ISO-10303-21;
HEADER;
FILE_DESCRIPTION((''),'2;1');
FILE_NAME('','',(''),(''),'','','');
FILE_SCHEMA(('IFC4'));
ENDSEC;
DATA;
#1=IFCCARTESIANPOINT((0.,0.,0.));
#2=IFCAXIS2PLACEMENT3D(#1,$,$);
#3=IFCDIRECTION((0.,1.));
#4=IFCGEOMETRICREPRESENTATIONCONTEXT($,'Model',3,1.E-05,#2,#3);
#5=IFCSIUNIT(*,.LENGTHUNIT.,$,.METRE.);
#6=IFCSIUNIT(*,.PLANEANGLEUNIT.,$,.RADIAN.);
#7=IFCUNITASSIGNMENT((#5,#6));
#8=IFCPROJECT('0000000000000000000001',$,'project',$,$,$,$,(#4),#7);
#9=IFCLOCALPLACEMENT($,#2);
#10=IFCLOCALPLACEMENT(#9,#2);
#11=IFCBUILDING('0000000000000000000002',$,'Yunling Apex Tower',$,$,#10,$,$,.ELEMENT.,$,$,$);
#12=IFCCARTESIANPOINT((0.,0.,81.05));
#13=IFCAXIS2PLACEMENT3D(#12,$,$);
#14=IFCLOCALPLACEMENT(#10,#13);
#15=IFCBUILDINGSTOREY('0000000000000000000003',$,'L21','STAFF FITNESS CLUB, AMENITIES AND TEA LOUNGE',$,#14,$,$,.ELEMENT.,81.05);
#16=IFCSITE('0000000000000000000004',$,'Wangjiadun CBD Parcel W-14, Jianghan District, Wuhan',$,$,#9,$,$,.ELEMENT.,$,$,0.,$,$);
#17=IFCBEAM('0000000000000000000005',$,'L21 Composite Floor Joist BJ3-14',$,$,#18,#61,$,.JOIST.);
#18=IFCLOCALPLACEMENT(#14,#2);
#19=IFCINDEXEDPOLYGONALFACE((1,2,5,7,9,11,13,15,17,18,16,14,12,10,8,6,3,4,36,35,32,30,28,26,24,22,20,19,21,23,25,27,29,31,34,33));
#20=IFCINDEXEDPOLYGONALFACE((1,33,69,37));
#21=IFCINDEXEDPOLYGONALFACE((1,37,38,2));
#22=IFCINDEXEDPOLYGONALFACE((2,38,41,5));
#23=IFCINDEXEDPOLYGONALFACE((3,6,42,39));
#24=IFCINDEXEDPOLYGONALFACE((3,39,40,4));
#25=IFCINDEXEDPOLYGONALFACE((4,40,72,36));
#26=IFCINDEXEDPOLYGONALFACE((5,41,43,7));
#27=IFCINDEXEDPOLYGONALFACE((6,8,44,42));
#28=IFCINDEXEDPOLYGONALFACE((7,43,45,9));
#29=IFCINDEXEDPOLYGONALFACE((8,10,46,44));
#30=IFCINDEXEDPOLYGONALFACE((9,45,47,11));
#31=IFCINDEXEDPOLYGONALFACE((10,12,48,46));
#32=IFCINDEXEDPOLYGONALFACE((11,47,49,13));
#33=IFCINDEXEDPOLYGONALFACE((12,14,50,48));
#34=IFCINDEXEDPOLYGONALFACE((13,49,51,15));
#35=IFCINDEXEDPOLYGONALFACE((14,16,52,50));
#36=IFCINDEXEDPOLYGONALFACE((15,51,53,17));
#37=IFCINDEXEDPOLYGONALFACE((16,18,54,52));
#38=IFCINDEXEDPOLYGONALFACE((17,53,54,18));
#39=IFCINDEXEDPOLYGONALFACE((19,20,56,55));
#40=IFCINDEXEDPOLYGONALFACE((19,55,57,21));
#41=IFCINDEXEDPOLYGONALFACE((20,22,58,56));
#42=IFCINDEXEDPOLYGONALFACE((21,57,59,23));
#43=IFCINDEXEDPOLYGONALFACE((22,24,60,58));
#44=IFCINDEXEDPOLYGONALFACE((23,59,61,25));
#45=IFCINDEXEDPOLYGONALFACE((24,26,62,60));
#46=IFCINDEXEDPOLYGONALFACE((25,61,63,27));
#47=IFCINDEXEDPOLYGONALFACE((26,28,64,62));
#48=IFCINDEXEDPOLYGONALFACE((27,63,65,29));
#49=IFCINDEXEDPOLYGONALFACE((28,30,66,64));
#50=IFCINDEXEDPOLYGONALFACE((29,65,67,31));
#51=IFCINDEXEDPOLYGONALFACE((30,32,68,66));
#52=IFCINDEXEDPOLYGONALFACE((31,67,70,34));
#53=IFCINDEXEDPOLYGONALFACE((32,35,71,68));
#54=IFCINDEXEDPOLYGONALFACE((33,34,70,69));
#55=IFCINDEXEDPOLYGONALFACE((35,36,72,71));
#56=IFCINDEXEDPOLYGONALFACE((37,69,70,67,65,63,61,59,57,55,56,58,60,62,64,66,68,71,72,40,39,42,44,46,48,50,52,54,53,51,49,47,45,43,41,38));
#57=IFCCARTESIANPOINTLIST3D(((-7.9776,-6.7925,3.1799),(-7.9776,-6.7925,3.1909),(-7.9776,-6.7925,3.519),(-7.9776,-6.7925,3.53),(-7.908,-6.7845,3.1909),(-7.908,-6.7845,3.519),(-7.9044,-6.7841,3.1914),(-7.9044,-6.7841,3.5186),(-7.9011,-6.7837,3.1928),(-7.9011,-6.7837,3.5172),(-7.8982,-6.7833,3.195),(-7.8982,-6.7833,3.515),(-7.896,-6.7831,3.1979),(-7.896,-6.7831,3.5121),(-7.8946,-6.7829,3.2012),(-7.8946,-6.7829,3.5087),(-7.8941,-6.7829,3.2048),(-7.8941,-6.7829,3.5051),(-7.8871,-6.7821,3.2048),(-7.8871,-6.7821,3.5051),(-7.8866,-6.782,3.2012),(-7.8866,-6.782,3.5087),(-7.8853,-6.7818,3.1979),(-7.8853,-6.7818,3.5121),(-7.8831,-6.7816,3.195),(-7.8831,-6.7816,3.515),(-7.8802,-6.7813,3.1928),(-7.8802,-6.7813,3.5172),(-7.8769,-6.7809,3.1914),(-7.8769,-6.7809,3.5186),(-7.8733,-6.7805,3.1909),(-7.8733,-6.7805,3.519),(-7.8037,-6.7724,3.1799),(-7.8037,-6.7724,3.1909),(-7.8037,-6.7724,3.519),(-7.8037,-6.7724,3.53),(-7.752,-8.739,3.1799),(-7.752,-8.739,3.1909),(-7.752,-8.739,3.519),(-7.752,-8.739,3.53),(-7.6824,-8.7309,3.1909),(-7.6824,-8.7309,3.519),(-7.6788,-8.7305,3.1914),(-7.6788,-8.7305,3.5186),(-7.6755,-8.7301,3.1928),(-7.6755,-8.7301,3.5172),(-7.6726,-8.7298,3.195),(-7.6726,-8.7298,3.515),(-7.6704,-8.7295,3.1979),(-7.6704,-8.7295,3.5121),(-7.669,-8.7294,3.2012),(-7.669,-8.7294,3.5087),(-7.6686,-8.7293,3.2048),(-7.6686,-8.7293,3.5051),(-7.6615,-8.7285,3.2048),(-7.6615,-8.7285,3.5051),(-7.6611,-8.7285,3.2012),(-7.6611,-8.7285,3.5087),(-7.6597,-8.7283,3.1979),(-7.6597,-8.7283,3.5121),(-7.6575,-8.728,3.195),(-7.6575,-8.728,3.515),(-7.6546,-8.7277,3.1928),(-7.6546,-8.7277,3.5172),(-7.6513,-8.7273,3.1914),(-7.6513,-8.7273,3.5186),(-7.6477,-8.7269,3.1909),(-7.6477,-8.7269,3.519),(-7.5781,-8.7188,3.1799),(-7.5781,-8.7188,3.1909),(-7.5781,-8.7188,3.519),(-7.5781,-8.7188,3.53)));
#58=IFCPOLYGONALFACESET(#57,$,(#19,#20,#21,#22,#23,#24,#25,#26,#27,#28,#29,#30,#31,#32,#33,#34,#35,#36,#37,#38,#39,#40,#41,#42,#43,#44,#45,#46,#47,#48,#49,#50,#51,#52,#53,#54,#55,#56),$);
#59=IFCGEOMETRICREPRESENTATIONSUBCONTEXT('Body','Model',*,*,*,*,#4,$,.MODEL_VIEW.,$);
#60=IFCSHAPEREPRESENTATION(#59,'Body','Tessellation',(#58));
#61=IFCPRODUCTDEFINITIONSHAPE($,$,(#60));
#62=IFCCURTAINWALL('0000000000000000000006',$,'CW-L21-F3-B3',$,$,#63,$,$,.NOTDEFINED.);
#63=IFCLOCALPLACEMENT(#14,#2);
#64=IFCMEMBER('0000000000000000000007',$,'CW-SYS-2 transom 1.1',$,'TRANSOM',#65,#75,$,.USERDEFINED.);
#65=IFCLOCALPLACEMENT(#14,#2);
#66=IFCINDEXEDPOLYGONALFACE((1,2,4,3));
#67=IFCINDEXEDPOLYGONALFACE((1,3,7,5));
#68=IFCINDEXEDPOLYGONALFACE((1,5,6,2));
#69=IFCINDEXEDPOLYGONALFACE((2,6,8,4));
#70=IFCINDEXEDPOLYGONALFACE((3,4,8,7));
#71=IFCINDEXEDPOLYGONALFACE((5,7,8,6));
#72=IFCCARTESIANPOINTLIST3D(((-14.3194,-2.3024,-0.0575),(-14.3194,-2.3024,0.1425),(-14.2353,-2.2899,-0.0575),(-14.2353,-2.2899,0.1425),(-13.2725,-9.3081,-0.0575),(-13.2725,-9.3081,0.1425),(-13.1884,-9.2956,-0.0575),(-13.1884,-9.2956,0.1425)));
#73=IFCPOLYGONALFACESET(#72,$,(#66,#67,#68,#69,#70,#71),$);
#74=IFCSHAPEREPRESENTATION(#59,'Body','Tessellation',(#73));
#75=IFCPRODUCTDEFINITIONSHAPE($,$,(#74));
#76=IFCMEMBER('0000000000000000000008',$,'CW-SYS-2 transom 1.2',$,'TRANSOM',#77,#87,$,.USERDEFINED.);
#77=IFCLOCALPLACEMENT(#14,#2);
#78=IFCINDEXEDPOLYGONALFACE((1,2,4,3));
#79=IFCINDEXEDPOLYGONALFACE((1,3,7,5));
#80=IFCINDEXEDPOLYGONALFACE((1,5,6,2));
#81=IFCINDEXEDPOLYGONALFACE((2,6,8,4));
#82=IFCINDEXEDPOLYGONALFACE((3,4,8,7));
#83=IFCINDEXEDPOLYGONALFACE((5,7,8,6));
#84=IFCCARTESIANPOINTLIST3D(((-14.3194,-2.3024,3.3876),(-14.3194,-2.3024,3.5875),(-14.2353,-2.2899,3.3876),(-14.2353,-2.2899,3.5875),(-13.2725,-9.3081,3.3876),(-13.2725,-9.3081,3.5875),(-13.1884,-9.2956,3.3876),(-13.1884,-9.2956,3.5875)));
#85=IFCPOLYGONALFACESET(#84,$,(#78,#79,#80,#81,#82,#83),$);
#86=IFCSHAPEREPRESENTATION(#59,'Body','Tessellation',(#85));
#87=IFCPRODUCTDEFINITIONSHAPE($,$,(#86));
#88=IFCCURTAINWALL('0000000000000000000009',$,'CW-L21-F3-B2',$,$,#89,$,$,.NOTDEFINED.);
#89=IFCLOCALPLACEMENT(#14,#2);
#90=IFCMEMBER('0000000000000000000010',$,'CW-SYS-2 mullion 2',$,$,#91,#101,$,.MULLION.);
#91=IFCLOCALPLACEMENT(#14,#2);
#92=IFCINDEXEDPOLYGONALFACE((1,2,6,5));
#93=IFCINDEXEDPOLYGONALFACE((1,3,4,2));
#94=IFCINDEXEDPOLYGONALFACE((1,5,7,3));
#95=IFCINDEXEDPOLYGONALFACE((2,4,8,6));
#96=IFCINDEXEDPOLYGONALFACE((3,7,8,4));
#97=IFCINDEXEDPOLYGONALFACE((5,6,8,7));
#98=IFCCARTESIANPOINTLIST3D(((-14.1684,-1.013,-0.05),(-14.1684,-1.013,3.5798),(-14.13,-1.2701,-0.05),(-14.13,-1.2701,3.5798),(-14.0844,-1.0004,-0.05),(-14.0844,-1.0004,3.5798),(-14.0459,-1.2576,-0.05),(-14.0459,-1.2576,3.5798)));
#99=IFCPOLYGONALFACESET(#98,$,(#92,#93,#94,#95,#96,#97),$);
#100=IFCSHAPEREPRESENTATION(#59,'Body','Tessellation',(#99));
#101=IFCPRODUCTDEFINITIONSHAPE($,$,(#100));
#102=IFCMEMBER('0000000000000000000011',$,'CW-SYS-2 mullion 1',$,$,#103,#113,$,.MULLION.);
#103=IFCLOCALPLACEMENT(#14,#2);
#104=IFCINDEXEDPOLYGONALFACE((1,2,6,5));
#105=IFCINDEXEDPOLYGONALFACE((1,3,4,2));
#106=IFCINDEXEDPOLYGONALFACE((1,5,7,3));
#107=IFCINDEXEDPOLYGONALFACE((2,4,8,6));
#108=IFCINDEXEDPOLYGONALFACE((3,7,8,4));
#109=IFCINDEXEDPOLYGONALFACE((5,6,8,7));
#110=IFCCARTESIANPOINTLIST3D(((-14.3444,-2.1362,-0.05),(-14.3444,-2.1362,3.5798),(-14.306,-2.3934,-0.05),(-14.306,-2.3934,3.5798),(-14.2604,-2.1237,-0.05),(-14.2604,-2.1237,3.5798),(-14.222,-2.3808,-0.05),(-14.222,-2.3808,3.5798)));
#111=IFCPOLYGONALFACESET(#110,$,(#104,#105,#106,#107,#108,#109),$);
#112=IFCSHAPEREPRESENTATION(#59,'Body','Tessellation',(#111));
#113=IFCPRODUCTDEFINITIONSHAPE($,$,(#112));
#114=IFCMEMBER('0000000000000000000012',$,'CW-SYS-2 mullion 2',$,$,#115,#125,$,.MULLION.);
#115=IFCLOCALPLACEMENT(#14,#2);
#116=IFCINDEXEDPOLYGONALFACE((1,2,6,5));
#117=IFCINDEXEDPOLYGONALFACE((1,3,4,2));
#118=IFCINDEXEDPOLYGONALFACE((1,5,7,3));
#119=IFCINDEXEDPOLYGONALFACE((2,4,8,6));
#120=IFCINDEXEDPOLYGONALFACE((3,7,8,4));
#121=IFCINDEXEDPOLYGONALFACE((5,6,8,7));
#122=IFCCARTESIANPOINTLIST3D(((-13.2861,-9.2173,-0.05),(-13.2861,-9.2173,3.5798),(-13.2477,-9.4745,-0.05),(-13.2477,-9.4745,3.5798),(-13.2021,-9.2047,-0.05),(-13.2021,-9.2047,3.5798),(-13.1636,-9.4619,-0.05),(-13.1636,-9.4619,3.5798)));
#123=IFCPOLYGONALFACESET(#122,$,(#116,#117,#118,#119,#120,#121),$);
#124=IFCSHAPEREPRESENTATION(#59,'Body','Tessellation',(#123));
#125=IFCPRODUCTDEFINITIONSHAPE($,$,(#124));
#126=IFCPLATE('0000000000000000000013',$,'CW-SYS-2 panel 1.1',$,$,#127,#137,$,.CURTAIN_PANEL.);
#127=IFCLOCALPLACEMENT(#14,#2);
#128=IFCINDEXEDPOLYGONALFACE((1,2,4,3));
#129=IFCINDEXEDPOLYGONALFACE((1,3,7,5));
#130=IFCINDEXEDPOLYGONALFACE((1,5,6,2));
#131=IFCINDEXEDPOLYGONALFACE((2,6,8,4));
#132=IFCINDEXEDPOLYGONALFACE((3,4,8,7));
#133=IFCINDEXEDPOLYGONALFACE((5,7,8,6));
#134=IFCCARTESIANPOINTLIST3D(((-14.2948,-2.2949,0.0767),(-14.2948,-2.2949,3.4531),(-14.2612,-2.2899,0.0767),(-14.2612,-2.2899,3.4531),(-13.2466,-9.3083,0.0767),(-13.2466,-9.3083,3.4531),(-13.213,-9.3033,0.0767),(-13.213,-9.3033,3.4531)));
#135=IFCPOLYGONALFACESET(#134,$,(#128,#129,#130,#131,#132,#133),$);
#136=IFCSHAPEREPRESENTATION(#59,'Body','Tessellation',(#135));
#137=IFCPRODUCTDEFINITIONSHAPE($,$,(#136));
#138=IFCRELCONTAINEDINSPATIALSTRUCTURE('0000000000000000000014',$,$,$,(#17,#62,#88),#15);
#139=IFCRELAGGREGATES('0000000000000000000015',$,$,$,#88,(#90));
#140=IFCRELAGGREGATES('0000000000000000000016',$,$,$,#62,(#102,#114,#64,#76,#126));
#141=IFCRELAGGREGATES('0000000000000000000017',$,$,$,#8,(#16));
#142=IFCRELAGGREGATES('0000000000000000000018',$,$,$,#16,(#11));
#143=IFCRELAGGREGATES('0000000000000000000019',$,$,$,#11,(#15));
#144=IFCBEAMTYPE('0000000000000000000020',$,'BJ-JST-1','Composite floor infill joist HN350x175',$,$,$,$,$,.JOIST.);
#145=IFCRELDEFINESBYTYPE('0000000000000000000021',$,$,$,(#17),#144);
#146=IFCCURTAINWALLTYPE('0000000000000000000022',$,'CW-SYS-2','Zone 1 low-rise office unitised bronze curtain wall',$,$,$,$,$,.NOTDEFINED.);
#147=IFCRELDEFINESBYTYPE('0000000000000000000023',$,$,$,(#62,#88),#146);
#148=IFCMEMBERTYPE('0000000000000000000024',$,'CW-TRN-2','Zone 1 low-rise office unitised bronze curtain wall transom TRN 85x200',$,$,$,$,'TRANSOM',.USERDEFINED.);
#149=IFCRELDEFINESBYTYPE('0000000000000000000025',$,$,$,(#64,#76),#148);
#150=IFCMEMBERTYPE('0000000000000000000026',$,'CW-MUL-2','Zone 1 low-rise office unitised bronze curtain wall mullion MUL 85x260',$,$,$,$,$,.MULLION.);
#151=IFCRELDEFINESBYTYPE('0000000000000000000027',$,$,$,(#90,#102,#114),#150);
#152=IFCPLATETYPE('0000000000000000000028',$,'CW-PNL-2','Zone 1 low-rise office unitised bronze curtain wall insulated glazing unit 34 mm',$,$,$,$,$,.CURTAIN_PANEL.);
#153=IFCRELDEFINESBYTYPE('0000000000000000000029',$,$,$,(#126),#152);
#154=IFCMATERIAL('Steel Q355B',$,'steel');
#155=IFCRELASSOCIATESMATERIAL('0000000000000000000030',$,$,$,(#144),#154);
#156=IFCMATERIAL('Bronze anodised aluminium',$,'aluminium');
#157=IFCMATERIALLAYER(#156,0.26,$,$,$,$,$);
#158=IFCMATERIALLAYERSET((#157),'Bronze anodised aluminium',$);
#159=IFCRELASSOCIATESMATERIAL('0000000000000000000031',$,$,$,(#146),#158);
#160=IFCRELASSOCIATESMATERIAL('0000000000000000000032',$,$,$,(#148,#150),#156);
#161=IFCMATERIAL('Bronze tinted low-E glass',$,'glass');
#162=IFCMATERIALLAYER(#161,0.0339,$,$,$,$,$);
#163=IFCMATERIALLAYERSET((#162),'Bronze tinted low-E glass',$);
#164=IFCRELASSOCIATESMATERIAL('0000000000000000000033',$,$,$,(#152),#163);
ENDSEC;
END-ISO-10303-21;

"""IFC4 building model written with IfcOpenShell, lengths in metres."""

from ifc_helpers import new_model, si_unit, direction, frame, origin, origin_2d, place, context, subcontext, project, spatial, rectangle, i_section, extrude, source, transform, mapped, material, layer, layer_set, material_profile, profile_set, type_object, element, aggregate, save


model = new_model("IFC4")

# Units and contexts
model_context = context("Model", 3, precision=1e-05, world=origin(), true_north=direction((0.0, 1.0)))
body_context = subcontext(model_context, "Body", "Model", "MODEL_VIEW")
ifc_project = project(units=[si_unit("LENGTHUNIT", "METRE"), si_unit("PLANEANGLEUNIT", "RADIAN")], contexts=[model_context])

# Site, building, storey
site_placement = place(None, origin())
site = spatial("IfcSite", under=ifc_project, at=site_placement, Name="Wangjiadun CBD Parcel W-14, Jianghan District, Wuhan", CompositionType="ELEMENT", RefElevation=0.0)
building_placement = place(site_placement, origin())
building = spatial("IfcBuilding", under=site, at=building_placement, Name="Yunling Apex Tower", CompositionType="ELEMENT")
storey_placement = place(building_placement, frame((0.0, 0.0, 81.05)))
storey = spatial("IfcBuildingStorey", under=building, at=storey_placement, Name="L21", Description="STAFF FITNESS CLUB, AMENITIES AND TEA LOUNGE", CompositionType="ELEMENT", Elevation=81.05)

# Beam
ifc_material_1 = material(Name="Steel Q355B", Category="steel")
ifc_material_profile_1 = material_profile(ifc_material_1, i_section(OverallWidth=0.175, OverallDepth=0.3501, WebThickness=0.0071, FlangeThickness=0.011, FilletRadius=0.0139, at=origin_2d()))
ifc_profile_set_1 = profile_set([ifc_material_profile_1], Name="Steel Q355B")
beam_type_1 = type_object("IfcBeamType", Name="BJ-JST-1", Description="Composite floor infill joist HN350x175", PredefinedType="JOIST", material=ifc_profile_set_1)
shared_shape_1 = source(origin(), body_context, "Body", "SweptSolid", [
    extrude(i_section(OverallWidth=0.175, OverallDepth=0.3501, WebThickness=0.0071, FlangeThickness=0.011, FilletRadius=0.0139, at=origin_2d()), origin(), (0.0, 0.0, 1.0), 1.9595),
])
beam_1_placement = place(storey_placement, frame((-7.8906, -6.7825, 3.355), z_axis=(0.115121, -0.993352, 0.0), x_axis=(0.993352, 0.115121, 0.0)))
element("IfcBeam", 1, at=beam_1_placement, inside=storey, type_object=beam_type_1, Name="L21 Composite Floor Joist BJ3-14", PredefinedType="JOIST", context=body_context, shape_type="MappedRepresentation", body=[
    mapped(shared_shape_1, transform((0.0, 0.0, 0.0), scale=1.0)),
])

# Curtain wall, members
ifc_material_2 = material(Name="Bronze anodised aluminium", Category="aluminium")
ifc_layer_1 = layer(ifc_material_2, 0.26)
ifc_layer_set_1 = layer_set([ifc_layer_1], Name="Bronze anodised aluminium")
curtain_wall_type = type_object("IfcCurtainWallType", Name="CW-SYS-2", Description="Zone 1 low-rise office unitised bronze curtain wall", PredefinedType="NOTDEFINED", material=ifc_layer_set_1)
curtain_wall_1_placement = place(storey_placement, origin())
curtain_wall_1 = element("IfcCurtainWall", 2, at=curtain_wall_1_placement, inside=storey, type_object=curtain_wall_type, Name="CW-L21-F3-B3", PredefinedType="NOTDEFINED")
ifc_material_profile_2 = material_profile(ifc_material_2, rectangle(XDim=0.085, YDim=0.2, at=origin_2d()))
ifc_profile_set_2 = profile_set([ifc_material_profile_2], Name="Bronze anodised aluminium")
member_type_1 = type_object("IfcMemberType", Name="CW-TRN-2", Description="Zone 1 low-rise office unitised bronze curtain wall transom TRN 85x200", ElementType="TRANSOM", PredefinedType="USERDEFINED", material=ifc_profile_set_2)
shared_shape_2 = source(origin(), body_context, "Body", "SweptSolid", [
    extrude(rectangle(XDim=0.085, YDim=0.2, at=origin_2d()), origin(), (0.0, 0.0, 1.0), 7.0835),
])
member_1_placement = place(storey_placement, frame((-14.2773, -2.2961, 0.0425), z_axis=(0.147793, -0.989018, 0.0), x_axis=(0.989018, 0.147793, 0.0)))
member_1 = element("IfcMember", 3, at=member_1_placement, type_object=member_type_1, Name="CW-SYS-2 transom 1.1", ObjectType="TRANSOM", PredefinedType="USERDEFINED", context=body_context, shape_type="MappedRepresentation", body=[
    mapped(shared_shape_2, transform((0.0, 0.0, 0.0), scale=1.0)),
])
member_2_placement = place(storey_placement, frame((-14.2773, -2.2961, 3.4875), z_axis=(0.147793, -0.989018, 0.0), x_axis=(0.989018, 0.147793, 0.0)))
member_2 = element("IfcMember", 4, at=member_2_placement, type_object=member_type_1, Name="CW-SYS-2 transom 1.2", ObjectType="TRANSOM", PredefinedType="USERDEFINED", context=body_context, shape_type="MappedRepresentation", body=[
    mapped(shared_shape_2, transform((0.0, 0.0, 0.0), scale=1.0)),
])

# Curtain wall, member
curtain_wall_2_placement = place(storey_placement, origin())
curtain_wall_2 = element("IfcCurtainWall", 5, at=curtain_wall_2_placement, inside=storey, type_object=curtain_wall_type, Name="CW-L21-F3-B2", PredefinedType="NOTDEFINED")
ifc_material_profile_3 = material_profile(ifc_material_2, rectangle(XDim=0.085, YDim=0.26, at=origin_2d()))
ifc_profile_set_3 = profile_set([ifc_material_profile_3], Name="Bronze anodised aluminium")
member_type_2 = type_object("IfcMemberType", Name="CW-MUL-2", Description="Zone 1 low-rise office unitised bronze curtain wall mullion MUL 85x260", PredefinedType="MULLION", material=ifc_profile_set_3)
shared_shape_3 = source(origin(), body_context, "Body", "SweptSolid", [
    extrude(rectangle(XDim=0.085, YDim=0.26, at=origin_2d()), origin(), (0.0, 0.0, 1.0), 3.6299),
])
member_3_placement = place(storey_placement, frame((-14.1072, -1.1353, -0.05), z_axis=(0.0, 0.0, 1.0), x_axis=(0.989017, 0.147801, 0.0)))
member_3 = element("IfcMember", 6, at=member_3_placement, type_object=member_type_2, Name="CW-SYS-2 mullion 2", PredefinedType="MULLION", context=body_context, shape_type="MappedRepresentation", body=[
    mapped(shared_shape_3, transform((0.0, 0.0, 0.0), scale=1.0)),
])
aggregate(curtain_wall_2, [member_3])

# Members
member_4_placement = place(storey_placement, frame((-14.2832, -2.2585, -0.05), z_axis=(0.0, 0.0, 1.0), x_axis=(0.989015, 0.147815, 0.0)))
member_4 = element("IfcMember", 7, at=member_4_placement, type_object=member_type_2, Name="CW-SYS-2 mullion 1", PredefinedType="MULLION", context=body_context, shape_type="MappedRepresentation", body=[
    mapped(shared_shape_3, transform((0.0, 0.0, 0.0), scale=1.0)),
])
member_5_placement = place(storey_placement, frame((-13.2249, -9.3396, -0.05), z_axis=(0.0, 0.0, 1.0), x_axis=(0.989015, 0.147815, 0.0)))
member_5 = element("IfcMember", 8, at=member_5_placement, type_object=member_type_2, Name="CW-SYS-2 mullion 2", PredefinedType="MULLION", context=body_context, shape_type="MappedRepresentation", body=[
    mapped(shared_shape_3, transform((0.0, 0.0, 0.0), scale=1.0)),
])

# Plate
ifc_material_3 = material(Name="Bronze tinted low-E glass", Category="glass")
ifc_layer_2 = layer(ifc_material_3, 0.0339)
ifc_layer_set_2 = layer_set([ifc_layer_2], Name="Bronze tinted low-E glass")
plate_type = type_object("IfcPlateType", Name="CW-PNL-2", Description="Zone 1 low-rise office unitised bronze curtain wall insulated glazing unit 34 mm", PredefinedType="CURTAIN_PANEL", material=ifc_layer_set_2)
shared_shape_4 = source(origin(), body_context, "Body", "SweptSolid", [
    extrude(rectangle(XDim=7.0913, YDim=0.0339, at=origin_2d()), origin(), (0.0, 0.0, 1.0), 3.3765),
])
plate_placement = place(storey_placement, frame((-13.7539, -5.7991, 0.0767), z_axis=(0.0, 0.0, 1.0), x_axis=(0.147815, -0.989015, 0.0)))
plate = element("IfcPlate", 9, at=plate_placement, type_object=plate_type, Name="CW-SYS-2 panel 1.1", PredefinedType="CURTAIN_PANEL", context=body_context, shape_type="MappedRepresentation", body=[
    mapped(shared_shape_4, transform((0.0, 0.0, 0.0), scale=1.0)),
])
aggregate(curtain_wall_1, [member_4, member_5, member_1, member_2, plate])

save(model, "model.ifc")
